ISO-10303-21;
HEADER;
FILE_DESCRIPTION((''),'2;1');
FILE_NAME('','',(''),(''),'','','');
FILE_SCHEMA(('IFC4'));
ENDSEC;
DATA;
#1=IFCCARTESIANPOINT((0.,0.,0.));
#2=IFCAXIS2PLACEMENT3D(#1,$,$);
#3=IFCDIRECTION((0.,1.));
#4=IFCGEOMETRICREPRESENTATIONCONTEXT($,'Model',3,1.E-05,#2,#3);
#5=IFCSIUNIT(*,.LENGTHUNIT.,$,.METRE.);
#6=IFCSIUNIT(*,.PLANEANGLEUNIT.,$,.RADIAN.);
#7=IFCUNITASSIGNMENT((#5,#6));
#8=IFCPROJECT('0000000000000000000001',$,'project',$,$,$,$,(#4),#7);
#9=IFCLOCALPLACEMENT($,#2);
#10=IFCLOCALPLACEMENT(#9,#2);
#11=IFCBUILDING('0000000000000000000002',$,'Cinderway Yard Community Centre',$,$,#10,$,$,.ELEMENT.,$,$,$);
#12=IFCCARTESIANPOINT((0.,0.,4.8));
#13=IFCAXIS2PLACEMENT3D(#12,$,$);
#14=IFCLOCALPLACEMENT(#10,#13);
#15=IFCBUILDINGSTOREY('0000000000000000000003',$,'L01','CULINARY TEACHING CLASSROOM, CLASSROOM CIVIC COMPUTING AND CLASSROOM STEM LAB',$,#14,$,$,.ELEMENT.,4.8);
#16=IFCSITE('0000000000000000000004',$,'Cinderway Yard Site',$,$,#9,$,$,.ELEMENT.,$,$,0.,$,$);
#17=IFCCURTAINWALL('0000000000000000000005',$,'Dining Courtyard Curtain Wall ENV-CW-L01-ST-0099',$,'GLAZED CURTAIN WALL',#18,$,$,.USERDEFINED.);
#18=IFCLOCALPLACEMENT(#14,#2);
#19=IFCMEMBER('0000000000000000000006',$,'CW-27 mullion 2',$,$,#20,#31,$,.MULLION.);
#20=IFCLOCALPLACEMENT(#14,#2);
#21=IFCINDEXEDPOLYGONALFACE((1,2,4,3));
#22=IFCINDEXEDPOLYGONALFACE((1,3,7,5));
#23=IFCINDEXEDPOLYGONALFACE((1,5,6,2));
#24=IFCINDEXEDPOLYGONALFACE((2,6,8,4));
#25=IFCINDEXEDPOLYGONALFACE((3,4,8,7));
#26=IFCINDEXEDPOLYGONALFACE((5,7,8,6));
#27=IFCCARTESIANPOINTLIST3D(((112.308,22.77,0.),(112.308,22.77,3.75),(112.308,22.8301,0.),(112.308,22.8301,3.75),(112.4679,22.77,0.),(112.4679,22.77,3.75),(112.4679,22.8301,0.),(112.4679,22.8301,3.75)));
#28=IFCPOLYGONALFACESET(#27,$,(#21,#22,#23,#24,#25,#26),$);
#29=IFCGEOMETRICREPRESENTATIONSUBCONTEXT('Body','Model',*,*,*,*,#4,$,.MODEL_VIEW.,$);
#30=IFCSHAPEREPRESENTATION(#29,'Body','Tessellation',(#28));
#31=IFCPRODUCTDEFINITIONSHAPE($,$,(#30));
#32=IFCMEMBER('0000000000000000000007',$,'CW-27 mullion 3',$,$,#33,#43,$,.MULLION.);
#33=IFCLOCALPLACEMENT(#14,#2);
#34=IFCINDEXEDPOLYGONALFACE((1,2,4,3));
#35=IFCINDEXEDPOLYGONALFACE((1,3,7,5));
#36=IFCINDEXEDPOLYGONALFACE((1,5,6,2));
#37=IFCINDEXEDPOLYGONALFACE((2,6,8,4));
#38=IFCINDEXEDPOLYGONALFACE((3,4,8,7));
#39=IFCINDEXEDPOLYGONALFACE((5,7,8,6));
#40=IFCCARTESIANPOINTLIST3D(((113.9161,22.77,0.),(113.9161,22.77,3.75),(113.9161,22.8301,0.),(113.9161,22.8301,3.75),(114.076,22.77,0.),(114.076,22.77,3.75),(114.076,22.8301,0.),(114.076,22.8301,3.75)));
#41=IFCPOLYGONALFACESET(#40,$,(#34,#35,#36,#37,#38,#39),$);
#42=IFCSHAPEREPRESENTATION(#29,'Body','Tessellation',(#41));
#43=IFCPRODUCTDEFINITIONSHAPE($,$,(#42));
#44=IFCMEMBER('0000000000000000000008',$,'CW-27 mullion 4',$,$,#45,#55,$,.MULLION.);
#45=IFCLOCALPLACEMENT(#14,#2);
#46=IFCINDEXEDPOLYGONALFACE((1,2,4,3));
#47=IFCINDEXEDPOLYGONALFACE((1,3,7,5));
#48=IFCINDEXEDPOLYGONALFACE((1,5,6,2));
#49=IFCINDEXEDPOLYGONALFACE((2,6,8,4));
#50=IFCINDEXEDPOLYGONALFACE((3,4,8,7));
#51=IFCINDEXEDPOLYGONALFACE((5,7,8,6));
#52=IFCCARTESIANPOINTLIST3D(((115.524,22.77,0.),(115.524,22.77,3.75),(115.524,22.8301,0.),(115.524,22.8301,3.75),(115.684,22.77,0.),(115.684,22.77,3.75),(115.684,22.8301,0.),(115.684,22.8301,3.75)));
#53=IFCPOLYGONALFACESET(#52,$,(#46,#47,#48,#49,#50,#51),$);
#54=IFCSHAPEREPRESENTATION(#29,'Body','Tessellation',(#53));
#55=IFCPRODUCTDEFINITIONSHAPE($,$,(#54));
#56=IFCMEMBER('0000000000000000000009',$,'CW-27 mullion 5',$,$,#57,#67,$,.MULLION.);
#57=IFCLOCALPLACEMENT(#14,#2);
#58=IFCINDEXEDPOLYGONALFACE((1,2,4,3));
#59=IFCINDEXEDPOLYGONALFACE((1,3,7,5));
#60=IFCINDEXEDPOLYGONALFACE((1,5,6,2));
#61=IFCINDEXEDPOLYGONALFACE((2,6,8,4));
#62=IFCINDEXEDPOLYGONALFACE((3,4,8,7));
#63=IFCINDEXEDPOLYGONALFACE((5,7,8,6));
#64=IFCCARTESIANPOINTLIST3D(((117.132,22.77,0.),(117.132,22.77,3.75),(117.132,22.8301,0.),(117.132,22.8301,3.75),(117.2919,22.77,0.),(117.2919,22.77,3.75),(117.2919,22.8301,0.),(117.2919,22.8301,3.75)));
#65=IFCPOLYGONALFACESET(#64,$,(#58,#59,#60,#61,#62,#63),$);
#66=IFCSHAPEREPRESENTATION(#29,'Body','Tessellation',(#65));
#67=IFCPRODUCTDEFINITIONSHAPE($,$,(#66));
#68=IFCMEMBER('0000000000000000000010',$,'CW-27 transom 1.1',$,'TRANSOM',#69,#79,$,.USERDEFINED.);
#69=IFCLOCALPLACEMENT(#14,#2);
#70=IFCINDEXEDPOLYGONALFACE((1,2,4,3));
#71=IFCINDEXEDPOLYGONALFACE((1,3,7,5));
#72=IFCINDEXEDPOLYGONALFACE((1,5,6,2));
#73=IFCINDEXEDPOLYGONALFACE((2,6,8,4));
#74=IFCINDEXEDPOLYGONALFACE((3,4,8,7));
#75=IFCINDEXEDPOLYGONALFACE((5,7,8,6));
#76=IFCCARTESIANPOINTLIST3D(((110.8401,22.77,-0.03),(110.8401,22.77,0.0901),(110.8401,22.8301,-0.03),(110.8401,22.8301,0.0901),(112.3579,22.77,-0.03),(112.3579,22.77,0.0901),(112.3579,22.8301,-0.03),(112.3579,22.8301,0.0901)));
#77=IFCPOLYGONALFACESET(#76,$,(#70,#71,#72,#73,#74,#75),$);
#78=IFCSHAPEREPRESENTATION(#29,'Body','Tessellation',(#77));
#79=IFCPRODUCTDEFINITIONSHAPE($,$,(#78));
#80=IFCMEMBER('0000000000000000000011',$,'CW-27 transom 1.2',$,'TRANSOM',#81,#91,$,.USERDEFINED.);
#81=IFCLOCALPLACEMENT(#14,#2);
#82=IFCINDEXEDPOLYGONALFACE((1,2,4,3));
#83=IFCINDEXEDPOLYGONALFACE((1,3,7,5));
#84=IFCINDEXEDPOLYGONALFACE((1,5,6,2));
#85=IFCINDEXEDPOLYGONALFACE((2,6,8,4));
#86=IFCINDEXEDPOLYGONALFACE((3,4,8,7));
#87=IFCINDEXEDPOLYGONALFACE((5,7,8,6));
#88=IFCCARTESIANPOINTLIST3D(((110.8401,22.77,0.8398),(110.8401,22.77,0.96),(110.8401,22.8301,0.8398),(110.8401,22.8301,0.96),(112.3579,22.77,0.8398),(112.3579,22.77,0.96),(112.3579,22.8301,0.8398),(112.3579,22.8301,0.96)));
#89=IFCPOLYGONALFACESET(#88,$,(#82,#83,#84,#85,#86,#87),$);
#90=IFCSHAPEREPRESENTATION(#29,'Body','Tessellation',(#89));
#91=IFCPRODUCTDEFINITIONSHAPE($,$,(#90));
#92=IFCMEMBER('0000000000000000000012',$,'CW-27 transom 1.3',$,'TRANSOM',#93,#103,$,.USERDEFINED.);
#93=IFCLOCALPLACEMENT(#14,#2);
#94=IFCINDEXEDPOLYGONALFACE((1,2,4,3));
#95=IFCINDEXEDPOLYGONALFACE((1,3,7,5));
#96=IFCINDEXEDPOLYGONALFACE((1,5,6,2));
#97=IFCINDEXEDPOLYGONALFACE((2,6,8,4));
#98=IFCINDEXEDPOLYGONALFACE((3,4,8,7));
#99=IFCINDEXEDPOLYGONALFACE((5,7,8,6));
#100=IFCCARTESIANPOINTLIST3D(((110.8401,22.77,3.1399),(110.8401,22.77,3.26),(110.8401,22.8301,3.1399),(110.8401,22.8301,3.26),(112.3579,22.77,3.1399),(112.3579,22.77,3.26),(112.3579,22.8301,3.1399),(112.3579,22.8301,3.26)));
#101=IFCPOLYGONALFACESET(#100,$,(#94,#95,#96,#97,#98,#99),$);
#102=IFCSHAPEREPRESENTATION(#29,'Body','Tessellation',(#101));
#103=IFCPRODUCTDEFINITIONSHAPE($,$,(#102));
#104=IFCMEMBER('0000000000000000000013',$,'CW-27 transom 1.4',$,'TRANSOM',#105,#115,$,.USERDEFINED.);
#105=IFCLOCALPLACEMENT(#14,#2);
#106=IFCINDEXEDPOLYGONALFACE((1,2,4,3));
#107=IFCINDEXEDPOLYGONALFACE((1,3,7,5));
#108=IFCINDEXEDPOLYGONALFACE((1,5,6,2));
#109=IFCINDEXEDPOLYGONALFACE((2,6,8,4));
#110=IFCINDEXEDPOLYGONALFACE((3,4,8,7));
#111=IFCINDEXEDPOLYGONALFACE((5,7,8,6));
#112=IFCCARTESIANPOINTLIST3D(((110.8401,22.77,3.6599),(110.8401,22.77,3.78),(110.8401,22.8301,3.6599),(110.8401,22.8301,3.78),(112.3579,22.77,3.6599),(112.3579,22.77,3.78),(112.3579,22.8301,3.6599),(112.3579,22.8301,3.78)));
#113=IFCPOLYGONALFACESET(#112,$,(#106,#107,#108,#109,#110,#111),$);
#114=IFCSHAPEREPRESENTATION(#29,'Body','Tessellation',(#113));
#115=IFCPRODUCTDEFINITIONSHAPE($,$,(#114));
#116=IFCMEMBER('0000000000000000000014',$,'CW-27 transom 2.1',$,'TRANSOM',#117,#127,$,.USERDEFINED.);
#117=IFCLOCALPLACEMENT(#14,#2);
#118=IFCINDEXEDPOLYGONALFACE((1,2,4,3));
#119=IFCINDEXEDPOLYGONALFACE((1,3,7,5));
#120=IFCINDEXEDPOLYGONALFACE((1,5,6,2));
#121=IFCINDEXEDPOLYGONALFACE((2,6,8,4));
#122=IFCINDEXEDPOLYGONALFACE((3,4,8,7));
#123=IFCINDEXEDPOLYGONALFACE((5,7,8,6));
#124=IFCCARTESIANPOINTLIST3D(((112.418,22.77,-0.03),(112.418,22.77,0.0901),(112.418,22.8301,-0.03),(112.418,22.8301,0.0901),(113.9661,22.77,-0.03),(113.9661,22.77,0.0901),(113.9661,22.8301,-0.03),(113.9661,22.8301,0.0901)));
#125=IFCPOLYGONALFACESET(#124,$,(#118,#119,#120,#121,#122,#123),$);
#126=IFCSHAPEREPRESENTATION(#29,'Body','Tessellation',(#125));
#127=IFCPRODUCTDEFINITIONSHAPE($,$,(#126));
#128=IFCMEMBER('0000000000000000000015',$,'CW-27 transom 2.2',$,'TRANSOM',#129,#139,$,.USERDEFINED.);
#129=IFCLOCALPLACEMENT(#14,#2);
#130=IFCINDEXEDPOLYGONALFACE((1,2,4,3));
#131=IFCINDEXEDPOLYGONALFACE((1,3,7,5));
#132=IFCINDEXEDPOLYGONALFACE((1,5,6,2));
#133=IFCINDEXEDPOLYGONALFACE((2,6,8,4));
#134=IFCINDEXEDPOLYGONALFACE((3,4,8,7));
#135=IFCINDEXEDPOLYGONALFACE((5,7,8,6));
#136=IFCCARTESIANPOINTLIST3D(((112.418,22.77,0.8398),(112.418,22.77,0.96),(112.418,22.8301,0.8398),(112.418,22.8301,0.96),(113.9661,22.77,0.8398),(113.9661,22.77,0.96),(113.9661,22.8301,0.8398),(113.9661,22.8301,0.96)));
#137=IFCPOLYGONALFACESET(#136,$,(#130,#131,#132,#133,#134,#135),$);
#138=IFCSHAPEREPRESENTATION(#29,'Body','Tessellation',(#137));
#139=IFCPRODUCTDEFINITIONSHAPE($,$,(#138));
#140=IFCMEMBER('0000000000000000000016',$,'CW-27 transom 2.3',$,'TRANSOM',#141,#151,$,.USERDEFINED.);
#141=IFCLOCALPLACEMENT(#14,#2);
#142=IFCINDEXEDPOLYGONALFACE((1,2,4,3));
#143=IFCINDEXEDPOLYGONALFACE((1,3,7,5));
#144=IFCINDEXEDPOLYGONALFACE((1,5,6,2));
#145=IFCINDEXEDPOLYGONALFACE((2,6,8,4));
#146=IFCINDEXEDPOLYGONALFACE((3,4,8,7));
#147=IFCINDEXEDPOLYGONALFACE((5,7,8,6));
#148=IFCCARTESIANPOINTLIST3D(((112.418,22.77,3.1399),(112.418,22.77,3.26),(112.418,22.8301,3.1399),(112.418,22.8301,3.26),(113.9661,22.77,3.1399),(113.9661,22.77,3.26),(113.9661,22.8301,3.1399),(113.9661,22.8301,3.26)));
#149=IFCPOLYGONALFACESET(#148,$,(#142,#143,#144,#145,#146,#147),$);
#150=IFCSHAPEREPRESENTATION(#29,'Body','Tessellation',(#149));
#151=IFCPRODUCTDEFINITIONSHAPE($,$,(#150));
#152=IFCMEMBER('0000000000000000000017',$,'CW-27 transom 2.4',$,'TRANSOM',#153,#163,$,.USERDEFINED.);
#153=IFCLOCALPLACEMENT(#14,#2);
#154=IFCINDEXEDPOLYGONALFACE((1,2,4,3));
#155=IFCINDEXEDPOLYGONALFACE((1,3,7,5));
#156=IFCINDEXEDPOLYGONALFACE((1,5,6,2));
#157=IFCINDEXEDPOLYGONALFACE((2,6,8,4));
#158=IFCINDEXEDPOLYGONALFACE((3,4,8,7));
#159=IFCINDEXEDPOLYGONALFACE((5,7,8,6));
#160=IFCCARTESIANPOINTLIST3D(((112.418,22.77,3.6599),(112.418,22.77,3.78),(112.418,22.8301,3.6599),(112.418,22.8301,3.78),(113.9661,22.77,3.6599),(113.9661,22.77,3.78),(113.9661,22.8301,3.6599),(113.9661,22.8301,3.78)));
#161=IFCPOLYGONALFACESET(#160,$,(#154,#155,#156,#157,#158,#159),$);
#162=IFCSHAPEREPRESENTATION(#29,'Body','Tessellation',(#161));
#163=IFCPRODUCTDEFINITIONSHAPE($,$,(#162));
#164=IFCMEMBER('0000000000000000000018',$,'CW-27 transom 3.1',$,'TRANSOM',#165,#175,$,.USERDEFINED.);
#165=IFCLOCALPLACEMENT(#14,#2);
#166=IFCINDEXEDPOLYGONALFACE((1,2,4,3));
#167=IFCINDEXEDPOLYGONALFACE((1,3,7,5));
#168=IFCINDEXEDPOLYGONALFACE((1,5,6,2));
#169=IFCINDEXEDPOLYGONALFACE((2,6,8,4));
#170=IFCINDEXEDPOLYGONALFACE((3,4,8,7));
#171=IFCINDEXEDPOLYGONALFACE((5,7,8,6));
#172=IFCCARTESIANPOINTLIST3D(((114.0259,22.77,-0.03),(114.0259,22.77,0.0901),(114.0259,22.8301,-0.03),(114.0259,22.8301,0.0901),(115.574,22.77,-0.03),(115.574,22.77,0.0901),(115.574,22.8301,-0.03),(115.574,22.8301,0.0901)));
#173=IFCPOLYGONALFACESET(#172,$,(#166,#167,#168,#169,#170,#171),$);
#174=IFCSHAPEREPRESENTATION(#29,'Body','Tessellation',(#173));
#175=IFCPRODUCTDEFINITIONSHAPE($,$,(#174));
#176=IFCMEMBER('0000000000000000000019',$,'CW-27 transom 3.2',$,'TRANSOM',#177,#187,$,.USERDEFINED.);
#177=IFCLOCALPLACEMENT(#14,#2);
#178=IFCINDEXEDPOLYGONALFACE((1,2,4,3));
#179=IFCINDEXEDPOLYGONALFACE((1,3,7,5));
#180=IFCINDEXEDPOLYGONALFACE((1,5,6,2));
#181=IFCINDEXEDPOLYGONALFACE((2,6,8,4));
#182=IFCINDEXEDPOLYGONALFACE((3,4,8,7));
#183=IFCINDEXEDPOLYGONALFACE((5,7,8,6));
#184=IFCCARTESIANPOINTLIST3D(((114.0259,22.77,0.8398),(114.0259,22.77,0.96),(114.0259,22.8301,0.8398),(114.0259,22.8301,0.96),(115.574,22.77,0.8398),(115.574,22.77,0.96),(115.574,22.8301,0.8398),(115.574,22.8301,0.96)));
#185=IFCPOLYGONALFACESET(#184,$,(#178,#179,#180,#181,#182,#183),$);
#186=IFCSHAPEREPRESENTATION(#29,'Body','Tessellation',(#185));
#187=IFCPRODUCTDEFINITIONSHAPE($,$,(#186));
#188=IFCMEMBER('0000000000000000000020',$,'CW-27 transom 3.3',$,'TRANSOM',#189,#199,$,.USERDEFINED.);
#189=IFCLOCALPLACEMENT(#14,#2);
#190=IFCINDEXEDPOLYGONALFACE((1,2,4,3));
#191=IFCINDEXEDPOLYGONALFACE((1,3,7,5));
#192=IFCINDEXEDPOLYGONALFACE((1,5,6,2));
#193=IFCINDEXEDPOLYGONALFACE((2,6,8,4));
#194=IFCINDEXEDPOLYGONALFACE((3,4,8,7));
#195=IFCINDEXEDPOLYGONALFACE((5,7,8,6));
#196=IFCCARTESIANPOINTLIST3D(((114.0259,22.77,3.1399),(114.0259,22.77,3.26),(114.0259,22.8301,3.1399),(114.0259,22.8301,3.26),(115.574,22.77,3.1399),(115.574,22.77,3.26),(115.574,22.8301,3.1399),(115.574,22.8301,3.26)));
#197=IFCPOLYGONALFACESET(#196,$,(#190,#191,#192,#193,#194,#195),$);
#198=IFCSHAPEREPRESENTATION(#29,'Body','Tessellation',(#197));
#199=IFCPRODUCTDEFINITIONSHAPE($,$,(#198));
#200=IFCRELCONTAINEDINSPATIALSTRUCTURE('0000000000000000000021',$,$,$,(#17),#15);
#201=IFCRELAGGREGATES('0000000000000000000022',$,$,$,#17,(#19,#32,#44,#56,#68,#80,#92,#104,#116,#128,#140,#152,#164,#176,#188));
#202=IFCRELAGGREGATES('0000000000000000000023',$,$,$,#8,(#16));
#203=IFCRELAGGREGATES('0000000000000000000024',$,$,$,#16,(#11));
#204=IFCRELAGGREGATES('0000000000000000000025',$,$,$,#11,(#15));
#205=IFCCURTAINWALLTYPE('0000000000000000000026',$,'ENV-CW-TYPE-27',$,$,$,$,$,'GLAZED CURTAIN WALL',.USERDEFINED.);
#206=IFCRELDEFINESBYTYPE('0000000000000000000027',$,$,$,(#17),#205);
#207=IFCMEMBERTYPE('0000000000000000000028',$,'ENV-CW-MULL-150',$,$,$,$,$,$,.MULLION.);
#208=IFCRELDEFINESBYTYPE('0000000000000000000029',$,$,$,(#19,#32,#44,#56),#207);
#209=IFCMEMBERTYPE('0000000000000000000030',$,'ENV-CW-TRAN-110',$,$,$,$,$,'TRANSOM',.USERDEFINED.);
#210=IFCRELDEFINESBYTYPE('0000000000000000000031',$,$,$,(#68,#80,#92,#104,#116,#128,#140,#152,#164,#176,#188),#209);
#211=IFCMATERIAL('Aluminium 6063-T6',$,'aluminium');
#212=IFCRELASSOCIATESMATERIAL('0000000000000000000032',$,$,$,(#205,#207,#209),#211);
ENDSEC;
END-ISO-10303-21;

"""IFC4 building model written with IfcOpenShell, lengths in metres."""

from ifc_helpers import new_model, si_unit, direction, frame, origin, origin_2d, place, context, subcontext, project, spatial, rectangle, extrude, material, material_profile, profile_set, type_object, element, aggregate, save


model = new_model("IFC4")

# Units and contexts
model_context = context("Model", 3, precision=1e-05, world=origin(), true_north=direction((0.0, 1.0)))
body_context = subcontext(model_context, "Body", "Model", "MODEL_VIEW")
ifc_project = project(units=[si_unit("LENGTHUNIT", "METRE"), si_unit("PLANEANGLEUNIT", "RADIAN")], contexts=[model_context])

# Site, building, storey
site_placement = place(None, origin())
site = spatial("IfcSite", under=ifc_project, at=site_placement, Name="Cinderway Yard Site", CompositionType="ELEMENT", RefElevation=0.0)
building_placement = place(site_placement, origin())
building = spatial("IfcBuilding", under=site, at=building_placement, Name="Cinderway Yard Community Centre", CompositionType="ELEMENT")
storey_placement = place(building_placement, frame((0.0, 0.0, 4.8)))
storey = spatial("IfcBuildingStorey", under=building, at=storey_placement, Name="L01", Description="CULINARY TEACHING CLASSROOM, CLASSROOM CIVIC COMPUTING AND CLASSROOM STEM LAB", CompositionType="ELEMENT", Elevation=4.8)

# Curtain wall, members
ifc_material_1 = material(Name="Aluminium 6063-T6", Category="aluminium")
curtain_wall_type = type_object("IfcCurtainWallType", Name="ENV-CW-TYPE-27", ElementType="GLAZED CURTAIN WALL", PredefinedType="USERDEFINED", material=ifc_material_1)
curtain_wall_placement = place(storey_placement, origin())
curtain_wall = element("IfcCurtainWall", 1, at=curtain_wall_placement, inside=storey, type_object=curtain_wall_type, Name="Dining Courtyard Curtain Wall ENV-CW-L01-ST-0099", ObjectType="GLAZED CURTAIN WALL", PredefinedType="USERDEFINED")
ifc_material_profile_1 = material_profile(ifc_material_1, rectangle(XDim=0.0601, YDim=0.1599, at=origin_2d()), Name="Aluminium 6063-T6")
ifc_profile_set_1 = profile_set([ifc_material_profile_1], Name="Aluminium 6063-T6")
member_type_1 = type_object("IfcMemberType", Name="ENV-CW-MULL-150", PredefinedType="MULLION", material=ifc_profile_set_1)
member_1_placement = place(storey_placement, frame((112.3879, 22.8, 0.0), z_axis=(0.0, 0.0, 1.0), x_axis=(0.0, 1.0, 0.0)))
member_1 = element("IfcMember", 2, at=member_1_placement, type_object=member_type_1, Name="CW-27 mullion 2", PredefinedType="MULLION", context=body_context, shape_type="SweptSolid", body=[
    extrude(rectangle(XDim=0.0601, YDim=0.1599, at=origin_2d()), origin(), (0.0, 0.0, 1.0), 3.75),
])
member_2_placement = place(storey_placement, frame((113.9961, 22.8, 0.0), z_axis=(0.0, 0.0, 1.0), x_axis=(0.0, 1.0, 0.0)))
member_2 = element("IfcMember", 3, at=member_2_placement, type_object=member_type_1, Name="CW-27 mullion 3", PredefinedType="MULLION", context=body_context, shape_type="SweptSolid", body=[
    extrude(rectangle(XDim=0.0601, YDim=0.1599, at=origin_2d()), origin(), (0.0, 0.0, 1.0), 3.75),
])
member_3_placement = place(storey_placement, frame((115.604, 22.8, 0.0), z_axis=(0.0, 0.0, 1.0), x_axis=(0.0, 1.0, 0.0)))
member_3 = element("IfcMember", 4, at=member_3_placement, type_object=member_type_1, Name="CW-27 mullion 4", PredefinedType="MULLION", context=body_context, shape_type="SweptSolid", body=[
    extrude(rectangle(XDim=0.0601, YDim=0.1599, at=origin_2d()), origin(), (0.0, 0.0, 1.0), 3.75),
])
member_4_placement = place(storey_placement, frame((117.2119, 22.8, 0.0), z_axis=(0.0, 0.0, 1.0), x_axis=(0.0, 1.0, 0.0)))
member_4 = element("IfcMember", 5, at=member_4_placement, type_object=member_type_1, Name="CW-27 mullion 5", PredefinedType="MULLION", context=body_context, shape_type="SweptSolid", body=[
    extrude(rectangle(XDim=0.0601, YDim=0.1599, at=origin_2d()), origin(), (0.0, 0.0, 1.0), 3.75),
])
ifc_material_profile_2 = material_profile(ifc_material_1, rectangle(XDim=0.0601, YDim=0.1201, at=origin_2d()), Name="Aluminium 6063-T6")
ifc_profile_set_2 = profile_set([ifc_material_profile_2], Name="Aluminium 6063-T6")
member_type_2 = type_object("IfcMemberType", Name="ENV-CW-TRAN-110", ElementType="TRANSOM", PredefinedType="USERDEFINED", material=ifc_profile_set_2)
member_5_placement = place(storey_placement, frame((110.8401, 22.8, 0.03), z_axis=(1.0, 0.0, 0.0), x_axis=(0.0, 1.0, 0.0)))
member_5 = element("IfcMember", 6, at=member_5_placement, type_object=member_type_2, Name="CW-27 transom 1.1", ObjectType="TRANSOM", PredefinedType="USERDEFINED", context=body_context, shape_type="SweptSolid", body=[
    extrude(rectangle(XDim=0.0601, YDim=0.1201, at=origin_2d()), origin(), (0.0, 0.0, 1.0), 1.5178),
])
member_6_placement = place(storey_placement, frame((110.8401, 22.8, 0.8999), z_axis=(1.0, 0.0, 0.0), x_axis=(0.0, 1.0, 0.0)))
member_6 = element("IfcMember", 7, at=member_6_placement, type_object=member_type_2, Name="CW-27 transom 1.2", ObjectType="TRANSOM", PredefinedType="USERDEFINED", context=body_context, shape_type="SweptSolid", body=[
    extrude(rectangle(XDim=0.0601, YDim=0.1201, at=origin_2d()), origin(), (0.0, 0.0, 1.0), 1.5178),
])
member_7_placement = place(storey_placement, frame((110.8401, 22.8, 3.2), z_axis=(1.0, 0.0, 0.0), x_axis=(0.0, 1.0, 0.0)))
member_7 = element("IfcMember", 8, at=member_7_placement, type_object=member_type_2, Name="CW-27 transom 1.3", ObjectType="TRANSOM", PredefinedType="USERDEFINED", context=body_context, shape_type="SweptSolid", body=[
    extrude(rectangle(XDim=0.0601, YDim=0.1201, at=origin_2d()), origin(), (0.0, 0.0, 1.0), 1.5178),
])
member_8_placement = place(storey_placement, frame((110.8401, 22.8, 3.72), z_axis=(1.0, 0.0, 0.0), x_axis=(0.0, 1.0, 0.0)))
member_8 = element("IfcMember", 9, at=member_8_placement, type_object=member_type_2, Name="CW-27 transom 1.4", ObjectType="TRANSOM", PredefinedType="USERDEFINED", context=body_context, shape_type="SweptSolid", body=[
    extrude(rectangle(XDim=0.0601, YDim=0.1201, at=origin_2d()), origin(), (0.0, 0.0, 1.0), 1.5178),
])
member_9_placement = place(storey_placement, frame((112.418, 22.8, 0.03), z_axis=(1.0, 0.0, 0.0), x_axis=(0.0, 1.0, 0.0)))
member_9 = element("IfcMember", 10, at=member_9_placement, type_object=member_type_2, Name="CW-27 transom 2.1", ObjectType="TRANSOM", PredefinedType="USERDEFINED", context=body_context, shape_type="SweptSolid", body=[
    extrude(rectangle(XDim=0.0601, YDim=0.1201, at=origin_2d()), origin(), (0.0, 0.0, 1.0), 1.5481),
])
member_10_placement = place(storey_placement, frame((112.418, 22.8, 0.8999), z_axis=(1.0, 0.0, 0.0), x_axis=(0.0, 1.0, 0.0)))
member_10 = element("IfcMember", 11, at=member_10_placement, type_object=member_type_2, Name="CW-27 transom 2.2", ObjectType="TRANSOM", PredefinedType="USERDEFINED", context=body_context, shape_type="SweptSolid", body=[
    extrude(rectangle(XDim=0.0601, YDim=0.1201, at=origin_2d()), origin(), (0.0, 0.0, 1.0), 1.5481),
])
member_11_placement = place(storey_placement, frame((112.418, 22.8, 3.2), z_axis=(1.0, 0.0, 0.0), x_axis=(0.0, 1.0, 0.0)))
member_11 = element("IfcMember", 12, at=member_11_placement, type_object=member_type_2, Name="CW-27 transom 2.3", ObjectType="TRANSOM", PredefinedType="USERDEFINED", context=body_context, shape_type="SweptSolid", body=[
    extrude(rectangle(XDim=0.0601, YDim=0.1201, at=origin_2d()), origin(), (0.0, 0.0, 1.0), 1.5481),
])
member_12_placement = place(storey_placement, frame((112.418, 22.8, 3.72), z_axis=(1.0, 0.0, 0.0), x_axis=(0.0, 1.0, 0.0)))
member_12 = element("IfcMember", 13, at=member_12_placement, type_object=member_type_2, Name="CW-27 transom 2.4", ObjectType="TRANSOM", PredefinedType="USERDEFINED", context=body_context, shape_type="SweptSolid", body=[
    extrude(rectangle(XDim=0.0601, YDim=0.1201, at=origin_2d()), origin(), (0.0, 0.0, 1.0), 1.5481),
])
member_13_placement = place(storey_placement, frame((114.0259, 22.8, 0.03), z_axis=(1.0, 0.0, 0.0), x_axis=(0.0, 1.0, 0.0)))
member_13 = element("IfcMember", 14, at=member_13_placement, type_object=member_type_2, Name="CW-27 transom 3.1", ObjectType="TRANSOM", PredefinedType="USERDEFINED", context=body_context, shape_type="SweptSolid", body=[
    extrude(rectangle(XDim=0.0601, YDim=0.1201, at=origin_2d()), origin(), (0.0, 0.0, 1.0), 1.5481),
])
member_14_placement = place(storey_placement, frame((114.0259, 22.8, 0.8999), z_axis=(1.0, 0.0, 0.0), x_axis=(0.0, 1.0, 0.0)))
member_14 = element("IfcMember", 15, at=member_14_placement, type_object=member_type_2, Name="CW-27 transom 3.2", ObjectType="TRANSOM", PredefinedType="USERDEFINED", context=body_context, shape_type="SweptSolid", body=[
    extrude(rectangle(XDim=0.0601, YDim=0.1201, at=origin_2d()), origin(), (0.0, 0.0, 1.0), 1.5481),
])
member_15_placement = place(storey_placement, frame((114.0259, 22.8, 3.2), z_axis=(1.0, 0.0, 0.0), x_axis=(0.0, 1.0, 0.0)))
member_15 = element("IfcMember", 16, at=member_15_placement, type_object=member_type_2, Name="CW-27 transom 3.3", ObjectType="TRANSOM", PredefinedType="USERDEFINED", context=body_context, shape_type="SweptSolid", body=[
    extrude(rectangle(XDim=0.0601, YDim=0.1201, at=origin_2d()), origin(), (0.0, 0.0, 1.0), 1.5481),
])
aggregate(curtain_wall, [member_1, member_2, member_3, member_4, member_5, member_6, member_7, member_8, member_9, member_10, member_11, member_12, member_13, member_14, member_15])

save(model, "model.ifc")
